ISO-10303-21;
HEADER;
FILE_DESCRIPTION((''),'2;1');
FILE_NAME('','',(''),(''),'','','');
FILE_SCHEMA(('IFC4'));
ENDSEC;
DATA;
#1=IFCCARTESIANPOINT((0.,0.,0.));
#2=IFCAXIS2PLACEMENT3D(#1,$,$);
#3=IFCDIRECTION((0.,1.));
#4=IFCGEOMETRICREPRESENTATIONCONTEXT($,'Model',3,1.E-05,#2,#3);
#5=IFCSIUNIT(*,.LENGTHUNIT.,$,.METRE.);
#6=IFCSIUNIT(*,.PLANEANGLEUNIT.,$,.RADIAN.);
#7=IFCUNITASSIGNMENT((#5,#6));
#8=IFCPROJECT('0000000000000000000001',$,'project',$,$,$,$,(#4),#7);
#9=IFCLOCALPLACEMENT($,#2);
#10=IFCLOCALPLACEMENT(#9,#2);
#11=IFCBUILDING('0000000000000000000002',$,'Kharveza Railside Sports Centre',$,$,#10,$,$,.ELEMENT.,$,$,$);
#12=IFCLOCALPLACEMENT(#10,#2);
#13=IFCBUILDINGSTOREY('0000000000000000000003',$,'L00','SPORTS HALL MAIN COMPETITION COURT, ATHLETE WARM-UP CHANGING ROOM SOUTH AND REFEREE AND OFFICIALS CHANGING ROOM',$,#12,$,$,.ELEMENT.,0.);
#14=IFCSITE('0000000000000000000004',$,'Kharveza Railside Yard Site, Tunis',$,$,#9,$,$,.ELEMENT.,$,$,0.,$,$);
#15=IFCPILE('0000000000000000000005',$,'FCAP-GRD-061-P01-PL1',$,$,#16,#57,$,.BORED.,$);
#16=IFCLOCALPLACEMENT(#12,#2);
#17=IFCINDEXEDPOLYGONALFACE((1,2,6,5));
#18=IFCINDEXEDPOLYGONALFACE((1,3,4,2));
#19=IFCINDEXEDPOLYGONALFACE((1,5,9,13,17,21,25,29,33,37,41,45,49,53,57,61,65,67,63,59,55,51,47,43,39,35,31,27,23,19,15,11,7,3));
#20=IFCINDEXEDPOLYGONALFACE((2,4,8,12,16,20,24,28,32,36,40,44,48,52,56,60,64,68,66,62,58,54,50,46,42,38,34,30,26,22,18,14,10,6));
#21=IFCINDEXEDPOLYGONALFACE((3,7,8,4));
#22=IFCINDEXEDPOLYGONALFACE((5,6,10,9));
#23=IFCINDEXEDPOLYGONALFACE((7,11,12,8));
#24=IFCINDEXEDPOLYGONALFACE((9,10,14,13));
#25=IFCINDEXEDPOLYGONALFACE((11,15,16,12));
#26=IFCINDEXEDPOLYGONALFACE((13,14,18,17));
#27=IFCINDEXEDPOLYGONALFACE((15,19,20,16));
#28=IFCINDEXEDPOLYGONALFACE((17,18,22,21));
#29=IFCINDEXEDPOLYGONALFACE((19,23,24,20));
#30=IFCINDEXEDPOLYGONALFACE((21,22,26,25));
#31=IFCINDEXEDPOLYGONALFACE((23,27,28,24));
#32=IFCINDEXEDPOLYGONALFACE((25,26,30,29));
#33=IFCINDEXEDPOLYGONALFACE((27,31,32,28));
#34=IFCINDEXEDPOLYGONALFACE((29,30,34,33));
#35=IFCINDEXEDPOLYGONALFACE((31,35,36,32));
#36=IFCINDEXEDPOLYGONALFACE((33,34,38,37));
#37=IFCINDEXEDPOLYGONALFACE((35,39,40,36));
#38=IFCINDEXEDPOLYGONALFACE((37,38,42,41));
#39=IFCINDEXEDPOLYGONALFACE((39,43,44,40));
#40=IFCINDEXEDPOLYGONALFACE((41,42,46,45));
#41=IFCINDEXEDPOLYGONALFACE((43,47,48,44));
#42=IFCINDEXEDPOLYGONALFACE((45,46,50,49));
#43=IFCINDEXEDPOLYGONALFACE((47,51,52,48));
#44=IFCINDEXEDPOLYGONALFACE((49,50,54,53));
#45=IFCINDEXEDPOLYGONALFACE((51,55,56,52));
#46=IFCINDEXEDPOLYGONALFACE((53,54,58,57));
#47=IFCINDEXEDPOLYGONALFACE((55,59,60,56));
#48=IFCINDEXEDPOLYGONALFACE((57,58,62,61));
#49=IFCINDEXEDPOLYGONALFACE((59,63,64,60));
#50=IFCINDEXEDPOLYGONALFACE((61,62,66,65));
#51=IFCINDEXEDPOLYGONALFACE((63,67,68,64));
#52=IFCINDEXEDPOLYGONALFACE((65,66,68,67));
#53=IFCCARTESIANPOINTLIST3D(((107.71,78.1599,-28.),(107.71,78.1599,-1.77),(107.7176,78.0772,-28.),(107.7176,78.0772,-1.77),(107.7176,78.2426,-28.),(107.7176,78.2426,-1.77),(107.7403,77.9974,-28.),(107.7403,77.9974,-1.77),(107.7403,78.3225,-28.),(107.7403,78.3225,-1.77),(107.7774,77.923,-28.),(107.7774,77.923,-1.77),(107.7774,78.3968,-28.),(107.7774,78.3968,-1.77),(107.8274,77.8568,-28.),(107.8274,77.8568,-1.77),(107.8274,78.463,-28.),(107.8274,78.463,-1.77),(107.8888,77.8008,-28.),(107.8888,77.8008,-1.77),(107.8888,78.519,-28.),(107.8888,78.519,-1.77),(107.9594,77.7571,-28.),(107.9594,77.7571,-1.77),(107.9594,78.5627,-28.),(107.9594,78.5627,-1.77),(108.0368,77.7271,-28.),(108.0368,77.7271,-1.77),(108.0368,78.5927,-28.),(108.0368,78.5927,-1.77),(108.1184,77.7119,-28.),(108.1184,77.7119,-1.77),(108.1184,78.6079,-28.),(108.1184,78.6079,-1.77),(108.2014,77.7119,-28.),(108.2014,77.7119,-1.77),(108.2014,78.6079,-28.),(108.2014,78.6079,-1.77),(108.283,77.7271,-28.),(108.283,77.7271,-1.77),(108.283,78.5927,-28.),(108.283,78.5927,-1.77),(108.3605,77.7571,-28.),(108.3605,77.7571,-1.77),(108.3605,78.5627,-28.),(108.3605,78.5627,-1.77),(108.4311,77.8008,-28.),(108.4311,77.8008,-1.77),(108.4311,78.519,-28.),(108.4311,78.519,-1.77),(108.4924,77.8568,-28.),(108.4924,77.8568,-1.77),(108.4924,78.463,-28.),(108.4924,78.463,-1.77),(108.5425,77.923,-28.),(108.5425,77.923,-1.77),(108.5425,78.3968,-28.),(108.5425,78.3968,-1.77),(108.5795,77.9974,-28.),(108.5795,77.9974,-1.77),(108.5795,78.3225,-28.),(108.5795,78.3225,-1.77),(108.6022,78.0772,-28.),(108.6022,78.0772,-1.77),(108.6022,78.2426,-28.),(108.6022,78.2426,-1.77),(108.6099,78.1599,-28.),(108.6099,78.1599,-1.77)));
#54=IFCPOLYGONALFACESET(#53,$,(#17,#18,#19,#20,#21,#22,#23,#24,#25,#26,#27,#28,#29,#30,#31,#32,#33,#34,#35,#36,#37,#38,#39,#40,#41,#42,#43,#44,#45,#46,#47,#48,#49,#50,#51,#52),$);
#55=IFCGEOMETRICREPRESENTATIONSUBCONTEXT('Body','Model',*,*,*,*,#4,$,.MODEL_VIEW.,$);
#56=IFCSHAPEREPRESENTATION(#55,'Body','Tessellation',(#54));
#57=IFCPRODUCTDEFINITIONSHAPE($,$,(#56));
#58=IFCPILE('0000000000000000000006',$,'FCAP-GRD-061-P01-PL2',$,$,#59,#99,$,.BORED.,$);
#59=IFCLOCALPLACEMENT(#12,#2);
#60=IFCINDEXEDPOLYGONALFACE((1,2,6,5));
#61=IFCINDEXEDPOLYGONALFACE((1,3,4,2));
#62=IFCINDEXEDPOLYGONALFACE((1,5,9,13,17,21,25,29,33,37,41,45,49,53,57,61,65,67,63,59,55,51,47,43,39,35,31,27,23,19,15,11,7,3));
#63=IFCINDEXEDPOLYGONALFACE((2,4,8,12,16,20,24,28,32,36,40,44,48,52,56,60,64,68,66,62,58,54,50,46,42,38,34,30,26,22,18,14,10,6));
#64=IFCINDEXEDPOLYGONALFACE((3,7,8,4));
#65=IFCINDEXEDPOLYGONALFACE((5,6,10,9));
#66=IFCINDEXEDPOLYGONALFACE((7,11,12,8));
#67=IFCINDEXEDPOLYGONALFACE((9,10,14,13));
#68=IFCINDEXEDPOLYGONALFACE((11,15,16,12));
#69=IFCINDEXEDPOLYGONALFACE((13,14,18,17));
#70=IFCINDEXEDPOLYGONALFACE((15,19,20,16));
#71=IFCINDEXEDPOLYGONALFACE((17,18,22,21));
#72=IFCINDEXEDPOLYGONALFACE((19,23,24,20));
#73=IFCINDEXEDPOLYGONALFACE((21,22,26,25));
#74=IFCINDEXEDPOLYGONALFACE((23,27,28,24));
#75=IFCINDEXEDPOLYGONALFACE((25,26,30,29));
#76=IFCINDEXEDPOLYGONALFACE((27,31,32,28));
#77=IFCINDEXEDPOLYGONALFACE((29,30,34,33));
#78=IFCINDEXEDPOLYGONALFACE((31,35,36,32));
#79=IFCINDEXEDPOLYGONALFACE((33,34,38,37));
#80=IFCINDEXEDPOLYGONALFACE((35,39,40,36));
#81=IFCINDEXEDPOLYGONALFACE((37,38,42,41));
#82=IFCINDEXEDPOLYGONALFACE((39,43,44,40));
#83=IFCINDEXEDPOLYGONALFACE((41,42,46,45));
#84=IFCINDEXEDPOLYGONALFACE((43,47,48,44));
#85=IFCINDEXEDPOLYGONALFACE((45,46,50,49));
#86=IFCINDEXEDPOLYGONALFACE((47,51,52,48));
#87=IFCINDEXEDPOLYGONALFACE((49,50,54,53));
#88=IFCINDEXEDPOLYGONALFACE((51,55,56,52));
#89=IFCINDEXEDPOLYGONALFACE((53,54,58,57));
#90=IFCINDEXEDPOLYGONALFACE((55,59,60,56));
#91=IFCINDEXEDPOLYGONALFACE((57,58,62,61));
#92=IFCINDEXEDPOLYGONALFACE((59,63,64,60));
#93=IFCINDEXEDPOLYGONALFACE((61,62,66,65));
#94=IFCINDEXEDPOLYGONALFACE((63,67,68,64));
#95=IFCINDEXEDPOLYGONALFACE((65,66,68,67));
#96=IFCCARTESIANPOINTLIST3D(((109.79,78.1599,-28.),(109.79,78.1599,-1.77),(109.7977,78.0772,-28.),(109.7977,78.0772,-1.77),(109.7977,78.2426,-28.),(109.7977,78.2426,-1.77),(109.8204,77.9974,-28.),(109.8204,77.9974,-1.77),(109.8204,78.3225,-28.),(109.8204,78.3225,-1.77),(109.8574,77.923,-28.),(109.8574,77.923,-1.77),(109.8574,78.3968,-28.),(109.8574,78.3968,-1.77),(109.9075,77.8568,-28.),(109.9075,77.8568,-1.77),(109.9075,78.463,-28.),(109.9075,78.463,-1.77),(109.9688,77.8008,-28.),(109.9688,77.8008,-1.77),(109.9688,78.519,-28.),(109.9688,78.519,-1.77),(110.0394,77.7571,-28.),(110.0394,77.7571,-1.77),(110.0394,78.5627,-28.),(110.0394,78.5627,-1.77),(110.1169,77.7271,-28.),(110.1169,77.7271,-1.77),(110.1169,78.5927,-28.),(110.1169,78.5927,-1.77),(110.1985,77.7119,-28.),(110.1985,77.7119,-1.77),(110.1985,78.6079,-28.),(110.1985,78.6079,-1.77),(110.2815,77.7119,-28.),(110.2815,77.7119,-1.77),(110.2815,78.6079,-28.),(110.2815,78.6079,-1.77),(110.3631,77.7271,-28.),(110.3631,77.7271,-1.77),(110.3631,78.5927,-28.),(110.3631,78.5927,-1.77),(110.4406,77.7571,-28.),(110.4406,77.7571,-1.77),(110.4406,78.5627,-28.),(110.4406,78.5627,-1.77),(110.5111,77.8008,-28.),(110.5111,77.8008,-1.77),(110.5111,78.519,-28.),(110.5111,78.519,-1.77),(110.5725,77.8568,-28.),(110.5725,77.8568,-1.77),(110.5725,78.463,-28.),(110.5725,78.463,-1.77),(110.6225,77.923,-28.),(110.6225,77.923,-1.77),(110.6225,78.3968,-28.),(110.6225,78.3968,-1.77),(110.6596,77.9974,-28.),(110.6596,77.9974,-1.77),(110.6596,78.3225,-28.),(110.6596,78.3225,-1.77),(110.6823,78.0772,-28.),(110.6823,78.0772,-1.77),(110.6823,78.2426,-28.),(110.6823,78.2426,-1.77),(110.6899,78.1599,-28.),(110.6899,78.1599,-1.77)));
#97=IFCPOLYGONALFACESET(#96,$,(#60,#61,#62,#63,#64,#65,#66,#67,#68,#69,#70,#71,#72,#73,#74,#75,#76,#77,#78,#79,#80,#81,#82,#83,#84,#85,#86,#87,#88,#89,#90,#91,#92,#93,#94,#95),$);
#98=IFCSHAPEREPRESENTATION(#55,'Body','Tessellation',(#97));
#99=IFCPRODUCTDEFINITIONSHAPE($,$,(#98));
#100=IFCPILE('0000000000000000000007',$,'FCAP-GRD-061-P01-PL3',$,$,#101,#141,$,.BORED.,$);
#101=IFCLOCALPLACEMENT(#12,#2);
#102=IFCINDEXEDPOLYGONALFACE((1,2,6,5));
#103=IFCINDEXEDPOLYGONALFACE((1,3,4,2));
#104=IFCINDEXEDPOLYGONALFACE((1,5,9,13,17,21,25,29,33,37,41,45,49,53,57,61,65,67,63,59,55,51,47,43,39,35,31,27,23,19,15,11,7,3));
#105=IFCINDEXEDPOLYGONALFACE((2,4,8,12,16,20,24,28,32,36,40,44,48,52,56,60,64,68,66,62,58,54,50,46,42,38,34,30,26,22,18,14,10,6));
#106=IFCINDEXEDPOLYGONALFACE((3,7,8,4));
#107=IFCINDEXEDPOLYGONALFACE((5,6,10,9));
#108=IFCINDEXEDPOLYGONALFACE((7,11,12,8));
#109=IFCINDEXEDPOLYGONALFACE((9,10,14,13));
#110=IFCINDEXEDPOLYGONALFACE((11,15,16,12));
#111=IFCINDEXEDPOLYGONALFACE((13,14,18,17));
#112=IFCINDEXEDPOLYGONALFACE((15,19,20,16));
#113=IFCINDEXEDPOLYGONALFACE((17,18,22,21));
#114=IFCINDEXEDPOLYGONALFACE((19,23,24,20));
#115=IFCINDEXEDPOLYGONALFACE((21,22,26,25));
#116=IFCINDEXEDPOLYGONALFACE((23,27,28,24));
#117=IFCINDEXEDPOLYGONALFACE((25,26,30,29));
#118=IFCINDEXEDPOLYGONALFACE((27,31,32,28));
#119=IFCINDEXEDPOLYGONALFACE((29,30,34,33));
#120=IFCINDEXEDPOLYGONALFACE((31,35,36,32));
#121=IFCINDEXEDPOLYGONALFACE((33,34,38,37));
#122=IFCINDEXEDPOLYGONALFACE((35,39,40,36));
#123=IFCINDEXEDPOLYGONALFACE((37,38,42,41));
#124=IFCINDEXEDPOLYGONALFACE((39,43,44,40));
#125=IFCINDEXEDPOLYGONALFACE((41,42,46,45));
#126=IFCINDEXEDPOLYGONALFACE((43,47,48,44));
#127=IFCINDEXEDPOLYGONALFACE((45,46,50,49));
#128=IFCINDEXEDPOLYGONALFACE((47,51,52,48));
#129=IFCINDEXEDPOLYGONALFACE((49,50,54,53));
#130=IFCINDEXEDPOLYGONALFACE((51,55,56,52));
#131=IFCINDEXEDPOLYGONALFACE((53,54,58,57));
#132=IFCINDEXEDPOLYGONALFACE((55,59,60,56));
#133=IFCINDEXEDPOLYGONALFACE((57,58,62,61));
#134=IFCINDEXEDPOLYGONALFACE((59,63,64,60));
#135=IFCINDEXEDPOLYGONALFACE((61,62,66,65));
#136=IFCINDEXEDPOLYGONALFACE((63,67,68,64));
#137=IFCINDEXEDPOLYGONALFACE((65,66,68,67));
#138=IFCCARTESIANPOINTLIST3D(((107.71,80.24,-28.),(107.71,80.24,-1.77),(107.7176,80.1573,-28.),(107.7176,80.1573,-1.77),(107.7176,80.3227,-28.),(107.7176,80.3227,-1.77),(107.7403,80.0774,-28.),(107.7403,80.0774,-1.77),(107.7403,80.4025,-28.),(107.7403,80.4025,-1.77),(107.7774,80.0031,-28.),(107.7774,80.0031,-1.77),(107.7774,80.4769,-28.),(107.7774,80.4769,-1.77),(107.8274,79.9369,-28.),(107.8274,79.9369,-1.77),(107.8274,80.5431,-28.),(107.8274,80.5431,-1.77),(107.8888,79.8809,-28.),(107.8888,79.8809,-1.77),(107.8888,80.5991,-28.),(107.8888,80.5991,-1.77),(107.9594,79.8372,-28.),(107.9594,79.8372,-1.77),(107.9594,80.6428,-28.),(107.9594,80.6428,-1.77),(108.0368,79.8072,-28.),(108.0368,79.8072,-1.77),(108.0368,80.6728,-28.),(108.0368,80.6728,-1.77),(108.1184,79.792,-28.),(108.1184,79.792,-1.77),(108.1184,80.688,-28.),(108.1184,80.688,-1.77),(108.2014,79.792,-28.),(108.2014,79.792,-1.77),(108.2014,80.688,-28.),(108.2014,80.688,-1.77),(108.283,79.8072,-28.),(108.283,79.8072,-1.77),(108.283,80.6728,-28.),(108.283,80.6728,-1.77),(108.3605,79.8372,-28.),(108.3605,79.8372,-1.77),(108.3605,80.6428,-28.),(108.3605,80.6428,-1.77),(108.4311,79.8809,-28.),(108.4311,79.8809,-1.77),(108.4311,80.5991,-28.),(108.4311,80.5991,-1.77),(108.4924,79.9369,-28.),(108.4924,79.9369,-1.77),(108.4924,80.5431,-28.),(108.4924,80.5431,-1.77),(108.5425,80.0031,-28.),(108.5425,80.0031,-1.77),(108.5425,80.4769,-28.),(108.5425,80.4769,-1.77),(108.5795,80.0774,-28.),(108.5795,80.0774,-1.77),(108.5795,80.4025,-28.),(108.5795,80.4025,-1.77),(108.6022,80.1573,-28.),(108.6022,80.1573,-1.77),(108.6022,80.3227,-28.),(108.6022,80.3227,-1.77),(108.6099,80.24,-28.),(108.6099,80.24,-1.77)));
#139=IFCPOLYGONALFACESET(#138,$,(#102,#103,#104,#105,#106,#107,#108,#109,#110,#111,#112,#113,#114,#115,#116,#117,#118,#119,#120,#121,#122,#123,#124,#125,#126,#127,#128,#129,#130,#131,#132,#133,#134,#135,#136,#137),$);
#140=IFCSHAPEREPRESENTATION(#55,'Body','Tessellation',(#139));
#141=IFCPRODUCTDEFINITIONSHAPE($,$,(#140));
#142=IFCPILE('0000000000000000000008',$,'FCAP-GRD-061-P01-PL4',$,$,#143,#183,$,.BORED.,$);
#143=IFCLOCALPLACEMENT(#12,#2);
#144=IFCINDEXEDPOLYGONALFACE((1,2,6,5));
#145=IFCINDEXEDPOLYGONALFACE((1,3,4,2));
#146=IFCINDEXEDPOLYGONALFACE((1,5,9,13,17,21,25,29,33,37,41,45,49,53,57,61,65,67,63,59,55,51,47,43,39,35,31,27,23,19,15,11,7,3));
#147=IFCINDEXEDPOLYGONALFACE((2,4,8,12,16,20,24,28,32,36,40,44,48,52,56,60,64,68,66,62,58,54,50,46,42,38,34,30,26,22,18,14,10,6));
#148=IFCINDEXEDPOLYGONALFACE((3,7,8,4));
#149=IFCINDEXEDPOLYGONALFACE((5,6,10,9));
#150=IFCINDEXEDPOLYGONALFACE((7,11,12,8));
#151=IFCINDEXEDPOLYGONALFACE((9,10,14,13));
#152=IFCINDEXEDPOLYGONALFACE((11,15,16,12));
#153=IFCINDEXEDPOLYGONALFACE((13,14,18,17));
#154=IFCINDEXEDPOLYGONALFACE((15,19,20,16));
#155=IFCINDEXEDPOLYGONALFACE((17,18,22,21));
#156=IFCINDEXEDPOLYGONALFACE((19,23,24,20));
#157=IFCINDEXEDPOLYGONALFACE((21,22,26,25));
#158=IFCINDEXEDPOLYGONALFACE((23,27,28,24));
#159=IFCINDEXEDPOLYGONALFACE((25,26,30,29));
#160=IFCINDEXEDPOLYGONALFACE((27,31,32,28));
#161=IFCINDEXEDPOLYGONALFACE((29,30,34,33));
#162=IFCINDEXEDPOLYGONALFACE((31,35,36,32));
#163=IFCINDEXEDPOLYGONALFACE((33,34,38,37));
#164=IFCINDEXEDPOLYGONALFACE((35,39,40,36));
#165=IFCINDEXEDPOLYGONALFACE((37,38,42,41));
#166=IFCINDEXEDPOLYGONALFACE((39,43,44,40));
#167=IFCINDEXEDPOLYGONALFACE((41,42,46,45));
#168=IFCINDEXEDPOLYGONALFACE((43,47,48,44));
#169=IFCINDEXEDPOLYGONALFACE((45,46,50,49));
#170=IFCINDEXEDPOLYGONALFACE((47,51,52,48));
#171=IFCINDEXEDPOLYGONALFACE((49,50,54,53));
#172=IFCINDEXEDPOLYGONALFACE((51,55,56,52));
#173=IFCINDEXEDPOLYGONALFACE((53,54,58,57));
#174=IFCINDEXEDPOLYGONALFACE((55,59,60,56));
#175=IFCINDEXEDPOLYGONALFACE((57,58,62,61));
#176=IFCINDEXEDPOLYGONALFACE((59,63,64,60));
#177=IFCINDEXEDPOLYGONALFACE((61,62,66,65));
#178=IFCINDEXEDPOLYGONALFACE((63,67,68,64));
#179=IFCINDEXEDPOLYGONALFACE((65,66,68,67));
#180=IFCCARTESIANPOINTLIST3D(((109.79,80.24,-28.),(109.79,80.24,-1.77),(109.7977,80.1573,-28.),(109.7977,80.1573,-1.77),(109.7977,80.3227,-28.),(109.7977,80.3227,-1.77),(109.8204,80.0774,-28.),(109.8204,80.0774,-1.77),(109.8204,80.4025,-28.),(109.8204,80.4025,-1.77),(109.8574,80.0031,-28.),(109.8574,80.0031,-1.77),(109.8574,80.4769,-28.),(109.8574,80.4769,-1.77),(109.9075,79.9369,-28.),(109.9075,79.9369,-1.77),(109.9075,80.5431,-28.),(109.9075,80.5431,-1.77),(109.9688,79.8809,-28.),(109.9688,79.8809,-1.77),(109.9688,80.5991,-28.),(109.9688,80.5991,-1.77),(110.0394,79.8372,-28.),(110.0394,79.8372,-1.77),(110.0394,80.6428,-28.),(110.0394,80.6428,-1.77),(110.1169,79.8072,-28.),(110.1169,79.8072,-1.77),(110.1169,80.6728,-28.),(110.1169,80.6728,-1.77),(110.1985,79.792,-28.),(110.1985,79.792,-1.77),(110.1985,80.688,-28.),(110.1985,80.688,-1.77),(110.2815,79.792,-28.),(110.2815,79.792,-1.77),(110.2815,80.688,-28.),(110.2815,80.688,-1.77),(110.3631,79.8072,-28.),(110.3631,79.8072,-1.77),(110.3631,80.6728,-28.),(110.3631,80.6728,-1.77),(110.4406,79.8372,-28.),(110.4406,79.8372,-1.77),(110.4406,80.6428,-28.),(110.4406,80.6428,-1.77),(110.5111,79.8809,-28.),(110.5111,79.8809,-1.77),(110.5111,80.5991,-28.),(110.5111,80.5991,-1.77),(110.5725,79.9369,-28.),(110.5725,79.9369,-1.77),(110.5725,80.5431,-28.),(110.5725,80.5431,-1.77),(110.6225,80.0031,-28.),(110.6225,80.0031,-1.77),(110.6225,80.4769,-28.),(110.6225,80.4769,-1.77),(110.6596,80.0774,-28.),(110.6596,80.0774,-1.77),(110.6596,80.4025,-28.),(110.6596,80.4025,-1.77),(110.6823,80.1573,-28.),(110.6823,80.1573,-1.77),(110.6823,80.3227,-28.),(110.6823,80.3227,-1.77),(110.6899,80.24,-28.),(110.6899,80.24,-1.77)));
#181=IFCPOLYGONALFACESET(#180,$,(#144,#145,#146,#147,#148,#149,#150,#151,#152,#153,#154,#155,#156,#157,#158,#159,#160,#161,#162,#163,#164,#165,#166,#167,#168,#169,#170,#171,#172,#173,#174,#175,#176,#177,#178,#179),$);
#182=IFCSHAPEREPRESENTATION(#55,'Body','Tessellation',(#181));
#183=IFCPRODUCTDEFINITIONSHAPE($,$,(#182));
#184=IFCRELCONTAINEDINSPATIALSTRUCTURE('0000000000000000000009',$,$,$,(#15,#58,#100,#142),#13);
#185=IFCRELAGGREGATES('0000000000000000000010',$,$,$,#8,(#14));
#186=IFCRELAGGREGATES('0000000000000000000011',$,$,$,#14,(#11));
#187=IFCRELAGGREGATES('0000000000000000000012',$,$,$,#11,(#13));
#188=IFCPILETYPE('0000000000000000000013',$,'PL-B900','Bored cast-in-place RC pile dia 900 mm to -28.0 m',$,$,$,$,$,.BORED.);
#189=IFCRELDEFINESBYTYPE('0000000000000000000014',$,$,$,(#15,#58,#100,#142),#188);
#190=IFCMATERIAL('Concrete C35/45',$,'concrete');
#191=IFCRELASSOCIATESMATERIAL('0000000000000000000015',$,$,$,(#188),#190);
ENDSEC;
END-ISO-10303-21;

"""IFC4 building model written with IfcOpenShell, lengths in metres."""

from ifc_helpers import new_model, si_unit, direction, frame, origin, origin_2d, place, context, subcontext, project, spatial, circle, extrude, material, material_profile, profile_set, type_object, element, save


model = new_model("IFC4")

# Units and contexts
model_context = context("Model", 3, precision=1e-05, world=origin(), true_north=direction((0.0, 1.0)))
body_context = subcontext(model_context, "Body", "Model", "MODEL_VIEW")
ifc_project = project(units=[si_unit("LENGTHUNIT", "METRE"), si_unit("PLANEANGLEUNIT", "RADIAN")], contexts=[model_context])

# Site, building, storey
site_placement = place(None, origin())
site = spatial("IfcSite", under=ifc_project, at=site_placement, Name="Kharveza Railside Yard Site, Tunis", CompositionType="ELEMENT", RefElevation=0.0)
building_placement = place(site_placement, origin())
building = spatial("IfcBuilding", under=site, at=building_placement, Name="Kharveza Railside Sports Centre", CompositionType="ELEMENT")
storey_placement = place(building_placement, origin())
storey = spatial("IfcBuildingStorey", under=building, at=storey_placement, Name="L00", Description="SPORTS HALL MAIN COMPETITION COURT, ATHLETE WARM-UP CHANGING ROOM SOUTH AND REFEREE AND OFFICIALS CHANGING ROOM", CompositionType="ELEMENT", Elevation=0.0)

# Shared definitions
ifc_material_1 = material(Name="Concrete C35/45", Category="concrete")

# Piles
ifc_material_profile_1 = material_profile(ifc_material_1, circle(Radius=0.45, at=origin_2d()), Name="PILE D900")
ifc_profile_set_1 = profile_set([ifc_material_profile_1], Name="Concrete C35/45")
pile_type = type_object("IfcPileType", Name="PL-B900", Description="Bored cast-in-place RC pile dia 900 mm to -28.0 m", PredefinedType="BORED", material=ifc_profile_set_1)
for number, where, z_axis, x_axis, name in (
    (1, (108.1599, 78.1599, -1.77), (0.0, 0.0, -1.0), (1.0, 0.0, 0.0), "FCAP-GRD-061-P01-PL1"),
    (2, (110.24, 78.1599, -1.77), (0.0, 0.0, -1.0), (1.0, 0.0, 0.0), "FCAP-GRD-061-P01-PL2"),
    (3, (108.1599, 80.24, -1.77), (0.0, 0.0, -1.0), (1.0, 0.0, 0.0), "FCAP-GRD-061-P01-PL3"),
    (4, (110.24, 80.24, -1.77), (0.0, 0.0, -1.0), (1.0, 0.0, 0.0), "FCAP-GRD-061-P01-PL4"),
):
    element("IfcPile", number, at=place(storey_placement, frame(where, z_axis=z_axis, x_axis=x_axis)), inside=storey, type_object=pile_type, Name=name, PredefinedType="BORED", context=body_context, shape_type="SweptSolid", body=[
        extrude(circle(Radius=0.45, at=origin_2d()), origin(), (0.0, 0.0, 1.0), 26.23),
    ])

save(model, "model.ifc")
